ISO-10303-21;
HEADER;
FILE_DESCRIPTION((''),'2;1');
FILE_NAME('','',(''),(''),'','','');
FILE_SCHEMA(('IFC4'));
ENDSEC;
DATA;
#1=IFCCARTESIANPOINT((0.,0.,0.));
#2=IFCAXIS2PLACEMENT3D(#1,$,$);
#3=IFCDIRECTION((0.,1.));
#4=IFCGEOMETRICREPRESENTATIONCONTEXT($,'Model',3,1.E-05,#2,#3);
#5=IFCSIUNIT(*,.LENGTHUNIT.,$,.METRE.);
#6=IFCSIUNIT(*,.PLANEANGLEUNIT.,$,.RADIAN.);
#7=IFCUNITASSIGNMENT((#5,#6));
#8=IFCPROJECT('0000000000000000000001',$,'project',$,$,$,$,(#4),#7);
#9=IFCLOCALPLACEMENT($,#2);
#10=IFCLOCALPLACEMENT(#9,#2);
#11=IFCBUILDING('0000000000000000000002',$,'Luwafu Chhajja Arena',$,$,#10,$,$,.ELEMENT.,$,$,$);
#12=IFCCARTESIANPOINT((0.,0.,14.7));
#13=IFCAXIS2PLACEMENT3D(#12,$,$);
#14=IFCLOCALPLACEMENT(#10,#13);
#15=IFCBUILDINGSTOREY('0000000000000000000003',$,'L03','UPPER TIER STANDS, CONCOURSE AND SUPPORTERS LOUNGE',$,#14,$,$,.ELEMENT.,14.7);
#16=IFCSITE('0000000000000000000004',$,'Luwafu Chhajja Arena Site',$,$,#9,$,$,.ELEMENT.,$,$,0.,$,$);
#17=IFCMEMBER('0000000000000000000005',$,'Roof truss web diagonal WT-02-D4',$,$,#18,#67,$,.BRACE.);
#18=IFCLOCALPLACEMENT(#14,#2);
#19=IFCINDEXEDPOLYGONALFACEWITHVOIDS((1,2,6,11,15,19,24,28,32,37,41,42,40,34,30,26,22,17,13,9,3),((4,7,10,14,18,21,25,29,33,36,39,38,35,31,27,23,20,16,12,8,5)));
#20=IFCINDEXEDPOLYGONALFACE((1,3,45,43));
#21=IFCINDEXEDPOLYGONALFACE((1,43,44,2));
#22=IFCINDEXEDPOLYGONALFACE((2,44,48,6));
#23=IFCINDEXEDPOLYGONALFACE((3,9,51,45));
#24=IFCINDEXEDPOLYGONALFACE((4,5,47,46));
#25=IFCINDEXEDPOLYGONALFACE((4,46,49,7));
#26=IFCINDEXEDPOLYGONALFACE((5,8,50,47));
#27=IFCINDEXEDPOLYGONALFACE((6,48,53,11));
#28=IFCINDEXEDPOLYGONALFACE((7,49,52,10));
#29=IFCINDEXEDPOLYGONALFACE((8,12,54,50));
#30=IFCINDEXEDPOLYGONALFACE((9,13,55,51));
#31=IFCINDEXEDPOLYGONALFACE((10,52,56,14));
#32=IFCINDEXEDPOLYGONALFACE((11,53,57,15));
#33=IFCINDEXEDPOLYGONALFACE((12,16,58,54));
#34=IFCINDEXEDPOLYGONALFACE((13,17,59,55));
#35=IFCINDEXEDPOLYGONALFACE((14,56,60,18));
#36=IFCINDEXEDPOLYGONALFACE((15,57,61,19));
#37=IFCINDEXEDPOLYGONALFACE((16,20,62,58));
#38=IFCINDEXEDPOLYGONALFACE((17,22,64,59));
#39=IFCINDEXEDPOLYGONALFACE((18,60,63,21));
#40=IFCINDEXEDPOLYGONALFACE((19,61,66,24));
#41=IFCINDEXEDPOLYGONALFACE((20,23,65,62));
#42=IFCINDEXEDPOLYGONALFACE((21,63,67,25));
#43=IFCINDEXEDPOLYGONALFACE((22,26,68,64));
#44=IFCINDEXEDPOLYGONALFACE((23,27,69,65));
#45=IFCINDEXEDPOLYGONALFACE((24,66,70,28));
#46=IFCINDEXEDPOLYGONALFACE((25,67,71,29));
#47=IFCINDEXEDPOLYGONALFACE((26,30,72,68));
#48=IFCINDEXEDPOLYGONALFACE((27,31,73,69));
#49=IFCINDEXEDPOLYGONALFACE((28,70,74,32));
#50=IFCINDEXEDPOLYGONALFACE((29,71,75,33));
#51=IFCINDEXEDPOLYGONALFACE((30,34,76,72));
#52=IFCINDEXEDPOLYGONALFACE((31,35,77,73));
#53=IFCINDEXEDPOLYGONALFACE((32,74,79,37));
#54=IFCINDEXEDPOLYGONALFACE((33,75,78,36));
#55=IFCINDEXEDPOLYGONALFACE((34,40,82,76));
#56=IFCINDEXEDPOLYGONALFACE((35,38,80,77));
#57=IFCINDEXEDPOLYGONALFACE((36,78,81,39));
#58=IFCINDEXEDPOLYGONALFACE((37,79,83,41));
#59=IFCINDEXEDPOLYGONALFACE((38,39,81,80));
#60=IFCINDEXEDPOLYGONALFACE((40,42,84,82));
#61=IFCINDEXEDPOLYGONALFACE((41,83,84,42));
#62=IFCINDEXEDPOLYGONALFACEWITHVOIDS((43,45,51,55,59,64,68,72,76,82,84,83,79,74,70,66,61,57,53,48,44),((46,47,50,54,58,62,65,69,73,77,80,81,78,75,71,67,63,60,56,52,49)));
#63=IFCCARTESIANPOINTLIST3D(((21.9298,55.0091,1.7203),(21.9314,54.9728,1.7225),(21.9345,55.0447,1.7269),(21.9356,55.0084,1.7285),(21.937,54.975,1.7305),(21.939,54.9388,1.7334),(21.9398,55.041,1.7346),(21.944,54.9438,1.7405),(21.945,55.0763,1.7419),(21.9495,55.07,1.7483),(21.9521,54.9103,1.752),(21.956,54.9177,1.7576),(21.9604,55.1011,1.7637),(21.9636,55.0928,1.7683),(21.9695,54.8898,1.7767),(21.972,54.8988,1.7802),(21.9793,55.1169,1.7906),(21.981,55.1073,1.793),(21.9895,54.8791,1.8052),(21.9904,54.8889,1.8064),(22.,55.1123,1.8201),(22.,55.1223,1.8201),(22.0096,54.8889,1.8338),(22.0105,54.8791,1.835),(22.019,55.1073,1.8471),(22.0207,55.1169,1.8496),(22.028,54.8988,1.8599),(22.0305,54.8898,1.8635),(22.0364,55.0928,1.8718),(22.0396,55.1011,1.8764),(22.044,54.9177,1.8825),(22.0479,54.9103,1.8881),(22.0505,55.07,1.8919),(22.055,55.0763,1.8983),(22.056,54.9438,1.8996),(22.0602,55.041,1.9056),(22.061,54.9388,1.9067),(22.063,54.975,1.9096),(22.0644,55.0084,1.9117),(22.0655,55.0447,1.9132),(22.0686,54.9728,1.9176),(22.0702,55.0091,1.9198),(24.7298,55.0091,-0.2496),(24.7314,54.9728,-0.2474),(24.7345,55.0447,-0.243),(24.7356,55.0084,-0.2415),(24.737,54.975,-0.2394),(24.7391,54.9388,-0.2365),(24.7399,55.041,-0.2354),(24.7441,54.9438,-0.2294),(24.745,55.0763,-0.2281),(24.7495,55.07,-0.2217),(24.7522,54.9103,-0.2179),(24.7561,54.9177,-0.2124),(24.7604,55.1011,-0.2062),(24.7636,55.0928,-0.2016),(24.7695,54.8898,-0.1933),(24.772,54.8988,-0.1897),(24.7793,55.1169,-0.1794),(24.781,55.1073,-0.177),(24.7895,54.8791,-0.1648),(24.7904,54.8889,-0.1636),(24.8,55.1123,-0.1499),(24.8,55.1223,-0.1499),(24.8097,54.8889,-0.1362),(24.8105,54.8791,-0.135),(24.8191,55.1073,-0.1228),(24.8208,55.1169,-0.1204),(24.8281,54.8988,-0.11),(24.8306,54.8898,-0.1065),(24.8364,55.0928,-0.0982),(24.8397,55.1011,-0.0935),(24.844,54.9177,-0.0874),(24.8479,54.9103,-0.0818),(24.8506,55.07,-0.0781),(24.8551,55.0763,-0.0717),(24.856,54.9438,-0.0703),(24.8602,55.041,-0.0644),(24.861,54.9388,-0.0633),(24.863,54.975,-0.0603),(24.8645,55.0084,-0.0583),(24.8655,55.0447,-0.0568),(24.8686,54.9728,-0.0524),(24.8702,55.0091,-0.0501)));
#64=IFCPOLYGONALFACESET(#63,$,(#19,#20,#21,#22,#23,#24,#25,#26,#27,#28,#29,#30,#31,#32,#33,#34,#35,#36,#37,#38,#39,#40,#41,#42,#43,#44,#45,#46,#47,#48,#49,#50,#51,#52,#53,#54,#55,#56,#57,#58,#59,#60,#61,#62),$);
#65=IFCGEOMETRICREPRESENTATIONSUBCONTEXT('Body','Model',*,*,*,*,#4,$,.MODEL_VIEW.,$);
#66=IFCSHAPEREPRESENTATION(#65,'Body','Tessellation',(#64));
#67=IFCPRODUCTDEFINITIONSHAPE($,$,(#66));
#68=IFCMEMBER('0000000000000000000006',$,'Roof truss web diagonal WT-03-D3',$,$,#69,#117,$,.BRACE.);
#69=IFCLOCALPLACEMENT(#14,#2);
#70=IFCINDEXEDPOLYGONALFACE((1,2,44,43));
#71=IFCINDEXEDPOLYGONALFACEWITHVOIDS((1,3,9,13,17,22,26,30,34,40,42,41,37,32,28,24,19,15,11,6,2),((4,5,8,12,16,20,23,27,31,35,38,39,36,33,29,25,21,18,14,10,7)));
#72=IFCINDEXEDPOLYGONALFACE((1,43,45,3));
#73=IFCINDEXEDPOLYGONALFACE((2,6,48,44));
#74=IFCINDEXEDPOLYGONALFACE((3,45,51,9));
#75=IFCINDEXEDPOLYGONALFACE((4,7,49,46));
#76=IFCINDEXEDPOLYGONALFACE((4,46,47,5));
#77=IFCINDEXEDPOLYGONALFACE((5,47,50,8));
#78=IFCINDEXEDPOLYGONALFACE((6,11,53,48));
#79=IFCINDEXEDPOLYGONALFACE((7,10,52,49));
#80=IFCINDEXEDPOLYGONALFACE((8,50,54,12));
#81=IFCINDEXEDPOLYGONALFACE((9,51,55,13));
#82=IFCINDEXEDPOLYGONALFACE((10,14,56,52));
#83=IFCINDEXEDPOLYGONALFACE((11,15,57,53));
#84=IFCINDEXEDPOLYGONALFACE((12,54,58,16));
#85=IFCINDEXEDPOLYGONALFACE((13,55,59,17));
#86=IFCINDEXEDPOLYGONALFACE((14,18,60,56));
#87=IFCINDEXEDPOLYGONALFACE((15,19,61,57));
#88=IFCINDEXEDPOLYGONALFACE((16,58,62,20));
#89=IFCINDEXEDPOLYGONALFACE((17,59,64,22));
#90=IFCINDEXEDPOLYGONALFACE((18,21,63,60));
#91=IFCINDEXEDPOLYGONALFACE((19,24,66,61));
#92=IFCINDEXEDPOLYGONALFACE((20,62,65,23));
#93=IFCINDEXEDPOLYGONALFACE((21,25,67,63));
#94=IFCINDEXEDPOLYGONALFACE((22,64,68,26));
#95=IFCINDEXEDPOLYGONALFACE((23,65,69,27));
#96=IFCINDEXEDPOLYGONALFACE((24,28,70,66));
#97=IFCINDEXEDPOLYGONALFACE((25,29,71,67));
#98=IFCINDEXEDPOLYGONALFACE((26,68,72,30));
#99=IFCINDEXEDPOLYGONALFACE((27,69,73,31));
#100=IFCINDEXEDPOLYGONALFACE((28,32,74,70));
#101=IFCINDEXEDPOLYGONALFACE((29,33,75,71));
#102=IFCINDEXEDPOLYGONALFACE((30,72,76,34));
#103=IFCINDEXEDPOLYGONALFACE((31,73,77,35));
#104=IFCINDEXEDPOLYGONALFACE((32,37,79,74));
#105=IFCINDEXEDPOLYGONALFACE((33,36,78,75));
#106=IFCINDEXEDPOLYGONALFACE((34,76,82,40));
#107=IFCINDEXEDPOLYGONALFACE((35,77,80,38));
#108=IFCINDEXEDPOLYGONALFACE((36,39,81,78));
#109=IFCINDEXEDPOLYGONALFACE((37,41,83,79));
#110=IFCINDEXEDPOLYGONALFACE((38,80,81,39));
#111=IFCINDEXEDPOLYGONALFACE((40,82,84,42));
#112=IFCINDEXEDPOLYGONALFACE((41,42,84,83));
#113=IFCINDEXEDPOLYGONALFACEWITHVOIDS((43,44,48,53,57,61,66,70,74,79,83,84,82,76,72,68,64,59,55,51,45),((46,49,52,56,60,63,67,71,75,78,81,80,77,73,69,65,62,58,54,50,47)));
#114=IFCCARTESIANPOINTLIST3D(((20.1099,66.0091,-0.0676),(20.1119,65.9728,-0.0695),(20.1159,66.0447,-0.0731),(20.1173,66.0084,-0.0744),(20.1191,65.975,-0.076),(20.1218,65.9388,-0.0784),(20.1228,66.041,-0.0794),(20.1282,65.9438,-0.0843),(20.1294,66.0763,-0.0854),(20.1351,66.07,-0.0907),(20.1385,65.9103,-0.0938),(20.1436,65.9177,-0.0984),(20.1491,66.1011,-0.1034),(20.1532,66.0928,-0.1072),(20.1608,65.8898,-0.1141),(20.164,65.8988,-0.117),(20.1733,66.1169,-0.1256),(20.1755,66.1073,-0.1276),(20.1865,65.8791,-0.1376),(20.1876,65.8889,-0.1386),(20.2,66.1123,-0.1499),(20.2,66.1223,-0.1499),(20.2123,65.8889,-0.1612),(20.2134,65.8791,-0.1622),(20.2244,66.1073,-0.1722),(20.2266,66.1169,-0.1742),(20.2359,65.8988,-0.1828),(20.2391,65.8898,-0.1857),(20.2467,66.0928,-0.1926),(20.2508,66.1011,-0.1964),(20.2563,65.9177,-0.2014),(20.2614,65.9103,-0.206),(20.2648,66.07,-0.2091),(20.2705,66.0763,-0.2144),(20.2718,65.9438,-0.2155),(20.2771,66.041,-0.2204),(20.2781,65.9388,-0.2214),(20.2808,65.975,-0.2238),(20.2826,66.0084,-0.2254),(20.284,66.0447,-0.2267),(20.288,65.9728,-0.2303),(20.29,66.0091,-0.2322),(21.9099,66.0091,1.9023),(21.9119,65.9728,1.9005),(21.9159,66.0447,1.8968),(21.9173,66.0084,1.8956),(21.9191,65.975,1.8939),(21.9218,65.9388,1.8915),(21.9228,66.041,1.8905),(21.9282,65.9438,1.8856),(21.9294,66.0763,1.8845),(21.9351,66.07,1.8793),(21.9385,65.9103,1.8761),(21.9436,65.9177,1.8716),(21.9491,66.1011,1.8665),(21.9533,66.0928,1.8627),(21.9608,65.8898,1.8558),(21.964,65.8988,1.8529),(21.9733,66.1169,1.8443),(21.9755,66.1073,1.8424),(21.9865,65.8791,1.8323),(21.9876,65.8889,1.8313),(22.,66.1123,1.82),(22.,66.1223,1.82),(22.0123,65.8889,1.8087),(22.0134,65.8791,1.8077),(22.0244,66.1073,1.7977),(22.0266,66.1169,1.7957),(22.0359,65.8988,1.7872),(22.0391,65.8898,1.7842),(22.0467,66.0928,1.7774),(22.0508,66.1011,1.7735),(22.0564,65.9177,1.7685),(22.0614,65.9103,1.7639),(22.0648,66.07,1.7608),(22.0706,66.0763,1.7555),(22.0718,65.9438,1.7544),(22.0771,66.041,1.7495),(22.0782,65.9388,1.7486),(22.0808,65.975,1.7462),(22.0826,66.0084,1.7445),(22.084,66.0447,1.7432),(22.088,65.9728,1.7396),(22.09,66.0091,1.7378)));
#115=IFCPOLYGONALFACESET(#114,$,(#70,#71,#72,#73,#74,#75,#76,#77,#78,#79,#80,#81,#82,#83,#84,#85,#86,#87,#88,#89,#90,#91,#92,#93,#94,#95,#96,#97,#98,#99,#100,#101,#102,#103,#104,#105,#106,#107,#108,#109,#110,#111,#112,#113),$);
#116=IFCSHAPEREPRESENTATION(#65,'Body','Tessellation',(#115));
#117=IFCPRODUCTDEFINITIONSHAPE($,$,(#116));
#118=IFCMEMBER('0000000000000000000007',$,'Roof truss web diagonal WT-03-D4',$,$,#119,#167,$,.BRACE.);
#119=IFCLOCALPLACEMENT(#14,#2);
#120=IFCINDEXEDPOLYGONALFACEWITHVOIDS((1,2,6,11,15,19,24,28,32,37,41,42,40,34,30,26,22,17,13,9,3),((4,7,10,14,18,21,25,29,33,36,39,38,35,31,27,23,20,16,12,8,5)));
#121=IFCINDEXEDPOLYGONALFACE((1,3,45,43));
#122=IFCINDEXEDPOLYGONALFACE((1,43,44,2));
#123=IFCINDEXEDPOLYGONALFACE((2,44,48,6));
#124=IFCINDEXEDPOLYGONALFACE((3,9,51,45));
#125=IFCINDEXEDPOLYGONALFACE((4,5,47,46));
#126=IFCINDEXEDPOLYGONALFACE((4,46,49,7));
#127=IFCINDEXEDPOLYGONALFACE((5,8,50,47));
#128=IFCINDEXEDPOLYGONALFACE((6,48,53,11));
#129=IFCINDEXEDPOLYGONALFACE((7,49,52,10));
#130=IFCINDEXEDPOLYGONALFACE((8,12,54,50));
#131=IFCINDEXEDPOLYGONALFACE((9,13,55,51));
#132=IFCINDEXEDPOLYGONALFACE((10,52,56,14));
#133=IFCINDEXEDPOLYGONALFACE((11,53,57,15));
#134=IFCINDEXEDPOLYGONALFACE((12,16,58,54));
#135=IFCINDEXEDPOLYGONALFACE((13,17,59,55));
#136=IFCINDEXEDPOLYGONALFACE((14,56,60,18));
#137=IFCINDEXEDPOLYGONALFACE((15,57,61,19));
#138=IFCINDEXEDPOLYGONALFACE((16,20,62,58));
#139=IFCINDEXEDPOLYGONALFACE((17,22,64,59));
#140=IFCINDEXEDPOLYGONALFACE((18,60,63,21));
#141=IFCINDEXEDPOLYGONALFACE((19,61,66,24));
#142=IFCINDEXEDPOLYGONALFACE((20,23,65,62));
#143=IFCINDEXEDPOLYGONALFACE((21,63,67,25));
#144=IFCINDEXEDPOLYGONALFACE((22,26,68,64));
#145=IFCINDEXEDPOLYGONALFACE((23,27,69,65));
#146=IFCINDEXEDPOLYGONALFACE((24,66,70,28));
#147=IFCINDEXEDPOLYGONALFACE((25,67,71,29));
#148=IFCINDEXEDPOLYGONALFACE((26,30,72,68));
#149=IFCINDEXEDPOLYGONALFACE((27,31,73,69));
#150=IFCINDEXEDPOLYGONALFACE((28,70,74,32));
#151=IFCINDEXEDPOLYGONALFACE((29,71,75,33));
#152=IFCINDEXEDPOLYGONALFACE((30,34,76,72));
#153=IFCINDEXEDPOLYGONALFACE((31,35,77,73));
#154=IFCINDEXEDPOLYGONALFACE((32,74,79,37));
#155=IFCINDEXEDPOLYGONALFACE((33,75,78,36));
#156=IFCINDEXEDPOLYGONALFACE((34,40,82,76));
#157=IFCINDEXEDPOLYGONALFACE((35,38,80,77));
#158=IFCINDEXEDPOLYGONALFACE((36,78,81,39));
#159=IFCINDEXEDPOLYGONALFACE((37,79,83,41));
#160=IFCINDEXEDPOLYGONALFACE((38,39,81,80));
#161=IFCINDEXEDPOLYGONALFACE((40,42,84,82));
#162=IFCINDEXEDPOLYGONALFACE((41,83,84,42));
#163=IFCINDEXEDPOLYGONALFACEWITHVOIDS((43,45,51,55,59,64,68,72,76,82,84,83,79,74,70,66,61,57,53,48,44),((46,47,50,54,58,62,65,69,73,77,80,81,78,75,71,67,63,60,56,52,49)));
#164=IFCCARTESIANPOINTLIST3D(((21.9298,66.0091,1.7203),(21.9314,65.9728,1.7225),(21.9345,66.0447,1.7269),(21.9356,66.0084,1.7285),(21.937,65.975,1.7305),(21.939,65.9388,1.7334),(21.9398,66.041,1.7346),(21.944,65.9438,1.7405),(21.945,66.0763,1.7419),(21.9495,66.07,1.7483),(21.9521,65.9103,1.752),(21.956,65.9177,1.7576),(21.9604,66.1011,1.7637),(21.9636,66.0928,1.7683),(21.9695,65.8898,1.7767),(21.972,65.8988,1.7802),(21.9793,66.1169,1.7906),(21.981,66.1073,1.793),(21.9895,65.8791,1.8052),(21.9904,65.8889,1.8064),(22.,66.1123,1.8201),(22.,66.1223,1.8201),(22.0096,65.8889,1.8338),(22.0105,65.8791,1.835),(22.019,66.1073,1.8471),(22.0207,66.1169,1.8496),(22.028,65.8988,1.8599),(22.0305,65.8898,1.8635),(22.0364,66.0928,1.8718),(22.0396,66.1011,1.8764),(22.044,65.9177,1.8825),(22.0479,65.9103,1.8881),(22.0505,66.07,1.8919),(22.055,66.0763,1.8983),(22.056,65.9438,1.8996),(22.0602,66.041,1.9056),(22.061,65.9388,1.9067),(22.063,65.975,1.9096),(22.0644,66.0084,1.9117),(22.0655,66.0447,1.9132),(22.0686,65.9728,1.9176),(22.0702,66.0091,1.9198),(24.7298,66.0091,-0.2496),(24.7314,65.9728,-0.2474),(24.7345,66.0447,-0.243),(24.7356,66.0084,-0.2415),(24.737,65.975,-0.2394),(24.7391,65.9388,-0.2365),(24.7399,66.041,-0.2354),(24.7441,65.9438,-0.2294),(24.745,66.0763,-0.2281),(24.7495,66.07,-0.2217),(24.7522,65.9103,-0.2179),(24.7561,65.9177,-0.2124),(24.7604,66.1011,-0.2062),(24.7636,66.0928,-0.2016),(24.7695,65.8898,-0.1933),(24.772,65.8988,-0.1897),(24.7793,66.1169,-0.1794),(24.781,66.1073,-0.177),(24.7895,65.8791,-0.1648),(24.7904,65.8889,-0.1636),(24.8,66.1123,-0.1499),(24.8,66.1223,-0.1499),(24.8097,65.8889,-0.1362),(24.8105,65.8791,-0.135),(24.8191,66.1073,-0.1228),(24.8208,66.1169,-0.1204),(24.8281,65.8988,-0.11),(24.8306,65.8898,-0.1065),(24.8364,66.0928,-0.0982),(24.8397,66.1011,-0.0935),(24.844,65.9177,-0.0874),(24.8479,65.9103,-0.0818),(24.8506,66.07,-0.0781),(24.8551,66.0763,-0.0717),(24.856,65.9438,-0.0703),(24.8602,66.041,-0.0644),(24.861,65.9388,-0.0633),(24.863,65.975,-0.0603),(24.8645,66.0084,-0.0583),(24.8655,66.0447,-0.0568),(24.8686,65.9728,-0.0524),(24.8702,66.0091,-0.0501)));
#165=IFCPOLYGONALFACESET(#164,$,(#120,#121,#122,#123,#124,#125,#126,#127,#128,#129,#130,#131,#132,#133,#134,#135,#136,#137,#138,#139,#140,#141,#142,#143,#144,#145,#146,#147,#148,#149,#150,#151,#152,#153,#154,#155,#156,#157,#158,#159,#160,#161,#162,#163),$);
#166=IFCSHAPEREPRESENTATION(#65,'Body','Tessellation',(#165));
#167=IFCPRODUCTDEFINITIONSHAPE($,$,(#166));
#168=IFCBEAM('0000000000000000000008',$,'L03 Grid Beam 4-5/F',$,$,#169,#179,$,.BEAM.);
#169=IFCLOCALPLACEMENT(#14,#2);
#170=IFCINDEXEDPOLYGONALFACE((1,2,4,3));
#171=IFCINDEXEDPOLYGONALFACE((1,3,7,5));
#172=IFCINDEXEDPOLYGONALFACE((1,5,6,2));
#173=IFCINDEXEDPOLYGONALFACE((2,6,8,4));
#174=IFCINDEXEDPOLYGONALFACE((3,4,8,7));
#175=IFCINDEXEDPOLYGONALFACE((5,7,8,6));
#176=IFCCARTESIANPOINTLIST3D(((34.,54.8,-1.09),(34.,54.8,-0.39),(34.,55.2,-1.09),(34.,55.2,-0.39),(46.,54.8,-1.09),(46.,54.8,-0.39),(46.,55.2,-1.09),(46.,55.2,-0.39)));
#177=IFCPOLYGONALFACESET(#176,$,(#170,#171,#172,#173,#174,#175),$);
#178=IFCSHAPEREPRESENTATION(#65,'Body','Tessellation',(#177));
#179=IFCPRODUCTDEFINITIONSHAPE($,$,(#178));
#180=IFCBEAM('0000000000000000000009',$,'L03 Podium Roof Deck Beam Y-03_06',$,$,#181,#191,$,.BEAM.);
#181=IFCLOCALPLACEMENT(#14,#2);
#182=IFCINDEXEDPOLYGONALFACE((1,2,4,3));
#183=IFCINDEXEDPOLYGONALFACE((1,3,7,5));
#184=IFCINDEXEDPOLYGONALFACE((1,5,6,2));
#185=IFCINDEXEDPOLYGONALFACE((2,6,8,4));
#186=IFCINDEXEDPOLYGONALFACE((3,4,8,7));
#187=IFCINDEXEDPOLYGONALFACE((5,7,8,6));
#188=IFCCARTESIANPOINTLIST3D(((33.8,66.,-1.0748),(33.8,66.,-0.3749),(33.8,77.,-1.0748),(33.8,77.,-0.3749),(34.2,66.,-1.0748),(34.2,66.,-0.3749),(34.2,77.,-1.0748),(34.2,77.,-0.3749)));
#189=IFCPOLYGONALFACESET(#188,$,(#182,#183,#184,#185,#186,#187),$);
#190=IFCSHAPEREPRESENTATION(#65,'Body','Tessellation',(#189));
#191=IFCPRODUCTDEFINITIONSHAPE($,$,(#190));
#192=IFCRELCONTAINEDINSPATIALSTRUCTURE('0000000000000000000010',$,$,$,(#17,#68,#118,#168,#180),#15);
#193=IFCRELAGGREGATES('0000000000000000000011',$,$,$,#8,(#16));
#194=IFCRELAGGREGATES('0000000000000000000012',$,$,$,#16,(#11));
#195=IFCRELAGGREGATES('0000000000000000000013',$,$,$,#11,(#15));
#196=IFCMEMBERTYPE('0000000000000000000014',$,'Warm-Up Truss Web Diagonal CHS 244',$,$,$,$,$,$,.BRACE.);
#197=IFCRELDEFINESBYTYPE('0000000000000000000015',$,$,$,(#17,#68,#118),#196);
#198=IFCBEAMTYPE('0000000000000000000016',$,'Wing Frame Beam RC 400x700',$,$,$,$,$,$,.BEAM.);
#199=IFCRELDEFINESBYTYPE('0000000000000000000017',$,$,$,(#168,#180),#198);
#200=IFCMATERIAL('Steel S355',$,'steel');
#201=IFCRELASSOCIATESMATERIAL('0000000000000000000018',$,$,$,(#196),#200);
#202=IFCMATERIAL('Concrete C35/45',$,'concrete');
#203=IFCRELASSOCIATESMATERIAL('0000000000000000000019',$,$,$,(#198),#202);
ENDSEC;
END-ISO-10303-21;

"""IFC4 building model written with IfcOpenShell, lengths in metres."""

from ifc_helpers import new_model, si_unit, direction, frame, origin, origin_2d, place, context, subcontext, project, spatial, rectangle, hollow_circle, extrude, material, material_profile, profile_set, type_object, element, save


model = new_model("IFC4")

# Units and contexts
model_context = context("Model", 3, precision=1e-05, world=origin(), true_north=direction((0.0, 1.0)))
body_context = subcontext(model_context, "Body", "Model", "MODEL_VIEW")
ifc_project = project(units=[si_unit("LENGTHUNIT", "METRE"), si_unit("PLANEANGLEUNIT", "RADIAN")], contexts=[model_context])

# Site, building, storey
site_placement = place(None, origin())
site = spatial("IfcSite", under=ifc_project, at=site_placement, Name="Luwafu Chhajja Arena Site", CompositionType="ELEMENT", RefElevation=0.0)
building_placement = place(site_placement, origin())
building = spatial("IfcBuilding", under=site, at=building_placement, Name="Luwafu Chhajja Arena", CompositionType="ELEMENT")
storey_placement = place(building_placement, frame((0.0, 0.0, 14.7)))
storey = spatial("IfcBuildingStorey", under=building, at=storey_placement, Name="L03", Description="UPPER TIER STANDS, CONCOURSE AND SUPPORTERS LOUNGE", CompositionType="ELEMENT", Elevation=14.7)

# Shared definitions
ifc_material_1 = material(Name="Steel S355", Category="steel")
ifc_material_2 = material(Name="Concrete C35/45", Category="concrete")

# Members
ifc_material_profile_1 = material_profile(ifc_material_1, hollow_circle(Radius=0.1223, WallThickness=0.01, at=origin_2d()), Name="CHS 244.5x10")
ifc_profile_set_1 = profile_set([ifc_material_profile_1], Name="Steel S355")
member_type = type_object("IfcMemberType", Name="Warm-Up Truss Web Diagonal CHS 244", PredefinedType="BRACE", material=ifc_profile_set_1)
member_1_placement = place(storey_placement, frame((22.0, 55.0, 1.8201), z_axis=(0.817866, 0.0, -0.575409), x_axis=(0.0, 1.0, 0.0)))
element("IfcMember", 1, at=member_1_placement, inside=storey, type_object=member_type, Name="Roof truss web diagonal WT-02-D4", PredefinedType="BRACE", context=body_context, shape_type="SweptSolid", body=[
    extrude(hollow_circle(Radius=0.1223, WallThickness=0.01, at=origin_2d()), origin(), (0.0, 0.0, 1.0), 3.4236),
])
member_2_placement = place(storey_placement, frame((20.2, 66.0, -0.1499), z_axis=(0.674551, 0.0, 0.738228), x_axis=(0.0, 1.0, 0.0)))
element("IfcMember", 2, at=member_2_placement, inside=storey, type_object=member_type, Name="Roof truss web diagonal WT-03-D3", PredefinedType="BRACE", context=body_context, shape_type="SweptSolid", body=[
    extrude(hollow_circle(Radius=0.1223, WallThickness=0.01, at=origin_2d()), origin(), (0.0, 0.0, 1.0), 2.6685),
])
member_3_placement = place(storey_placement, frame((22.0, 66.0, 1.8201), z_axis=(0.817866, 0.0, -0.575409), x_axis=(0.0, 1.0, 0.0)))
element("IfcMember", 3, at=member_3_placement, inside=storey, type_object=member_type, Name="Roof truss web diagonal WT-03-D4", PredefinedType="BRACE", context=body_context, shape_type="SweptSolid", body=[
    extrude(hollow_circle(Radius=0.1223, WallThickness=0.01, at=origin_2d()), origin(), (0.0, 0.0, 1.0), 3.4236),
])

# Beams
ifc_material_profile_2 = material_profile(ifc_material_2, rectangle(XDim=0.3999, YDim=0.7, at=origin_2d()), Name="RC 400x700")
ifc_profile_set_2 = profile_set([ifc_material_profile_2], Name="Concrete C35/45")
beam_type_1 = type_object("IfcBeamType", Name="Wing Frame Beam RC 400x700", PredefinedType="BEAM", material=ifc_profile_set_2)
beam_1_placement = place(storey_placement, frame((34.0, 55.0, -0.74), z_axis=(1.0, 0.0, 0.0), x_axis=(0.0, 1.0, 0.0)))
element("IfcBeam", 4, at=beam_1_placement, inside=storey, type_object=beam_type_1, Name="L03 Grid Beam 4-5/F", PredefinedType="BEAM", context=body_context, shape_type="SweptSolid", body=[
    extrude(rectangle(XDim=0.3999, YDim=0.7, at=origin_2d()), origin(), (0.0, 0.0, 1.0), 12.0),
])
beam_2_placement = place(storey_placement, frame((34.0, 66.0, -0.7249), z_axis=(0.0, 1.0, 0.0), x_axis=(-1.0, 0.0, 0.0)))
element("IfcBeam", 5, at=beam_2_placement, inside=storey, type_object=beam_type_1, Name="L03 Podium Roof Deck Beam Y-03_06", PredefinedType="BEAM", context=body_context, shape_type="SweptSolid", body=[
    extrude(rectangle(XDim=0.3999, YDim=0.7, at=origin_2d()), origin(), (0.0, 0.0, 1.0), 11.0),
])

save(model, "model.ifc")
